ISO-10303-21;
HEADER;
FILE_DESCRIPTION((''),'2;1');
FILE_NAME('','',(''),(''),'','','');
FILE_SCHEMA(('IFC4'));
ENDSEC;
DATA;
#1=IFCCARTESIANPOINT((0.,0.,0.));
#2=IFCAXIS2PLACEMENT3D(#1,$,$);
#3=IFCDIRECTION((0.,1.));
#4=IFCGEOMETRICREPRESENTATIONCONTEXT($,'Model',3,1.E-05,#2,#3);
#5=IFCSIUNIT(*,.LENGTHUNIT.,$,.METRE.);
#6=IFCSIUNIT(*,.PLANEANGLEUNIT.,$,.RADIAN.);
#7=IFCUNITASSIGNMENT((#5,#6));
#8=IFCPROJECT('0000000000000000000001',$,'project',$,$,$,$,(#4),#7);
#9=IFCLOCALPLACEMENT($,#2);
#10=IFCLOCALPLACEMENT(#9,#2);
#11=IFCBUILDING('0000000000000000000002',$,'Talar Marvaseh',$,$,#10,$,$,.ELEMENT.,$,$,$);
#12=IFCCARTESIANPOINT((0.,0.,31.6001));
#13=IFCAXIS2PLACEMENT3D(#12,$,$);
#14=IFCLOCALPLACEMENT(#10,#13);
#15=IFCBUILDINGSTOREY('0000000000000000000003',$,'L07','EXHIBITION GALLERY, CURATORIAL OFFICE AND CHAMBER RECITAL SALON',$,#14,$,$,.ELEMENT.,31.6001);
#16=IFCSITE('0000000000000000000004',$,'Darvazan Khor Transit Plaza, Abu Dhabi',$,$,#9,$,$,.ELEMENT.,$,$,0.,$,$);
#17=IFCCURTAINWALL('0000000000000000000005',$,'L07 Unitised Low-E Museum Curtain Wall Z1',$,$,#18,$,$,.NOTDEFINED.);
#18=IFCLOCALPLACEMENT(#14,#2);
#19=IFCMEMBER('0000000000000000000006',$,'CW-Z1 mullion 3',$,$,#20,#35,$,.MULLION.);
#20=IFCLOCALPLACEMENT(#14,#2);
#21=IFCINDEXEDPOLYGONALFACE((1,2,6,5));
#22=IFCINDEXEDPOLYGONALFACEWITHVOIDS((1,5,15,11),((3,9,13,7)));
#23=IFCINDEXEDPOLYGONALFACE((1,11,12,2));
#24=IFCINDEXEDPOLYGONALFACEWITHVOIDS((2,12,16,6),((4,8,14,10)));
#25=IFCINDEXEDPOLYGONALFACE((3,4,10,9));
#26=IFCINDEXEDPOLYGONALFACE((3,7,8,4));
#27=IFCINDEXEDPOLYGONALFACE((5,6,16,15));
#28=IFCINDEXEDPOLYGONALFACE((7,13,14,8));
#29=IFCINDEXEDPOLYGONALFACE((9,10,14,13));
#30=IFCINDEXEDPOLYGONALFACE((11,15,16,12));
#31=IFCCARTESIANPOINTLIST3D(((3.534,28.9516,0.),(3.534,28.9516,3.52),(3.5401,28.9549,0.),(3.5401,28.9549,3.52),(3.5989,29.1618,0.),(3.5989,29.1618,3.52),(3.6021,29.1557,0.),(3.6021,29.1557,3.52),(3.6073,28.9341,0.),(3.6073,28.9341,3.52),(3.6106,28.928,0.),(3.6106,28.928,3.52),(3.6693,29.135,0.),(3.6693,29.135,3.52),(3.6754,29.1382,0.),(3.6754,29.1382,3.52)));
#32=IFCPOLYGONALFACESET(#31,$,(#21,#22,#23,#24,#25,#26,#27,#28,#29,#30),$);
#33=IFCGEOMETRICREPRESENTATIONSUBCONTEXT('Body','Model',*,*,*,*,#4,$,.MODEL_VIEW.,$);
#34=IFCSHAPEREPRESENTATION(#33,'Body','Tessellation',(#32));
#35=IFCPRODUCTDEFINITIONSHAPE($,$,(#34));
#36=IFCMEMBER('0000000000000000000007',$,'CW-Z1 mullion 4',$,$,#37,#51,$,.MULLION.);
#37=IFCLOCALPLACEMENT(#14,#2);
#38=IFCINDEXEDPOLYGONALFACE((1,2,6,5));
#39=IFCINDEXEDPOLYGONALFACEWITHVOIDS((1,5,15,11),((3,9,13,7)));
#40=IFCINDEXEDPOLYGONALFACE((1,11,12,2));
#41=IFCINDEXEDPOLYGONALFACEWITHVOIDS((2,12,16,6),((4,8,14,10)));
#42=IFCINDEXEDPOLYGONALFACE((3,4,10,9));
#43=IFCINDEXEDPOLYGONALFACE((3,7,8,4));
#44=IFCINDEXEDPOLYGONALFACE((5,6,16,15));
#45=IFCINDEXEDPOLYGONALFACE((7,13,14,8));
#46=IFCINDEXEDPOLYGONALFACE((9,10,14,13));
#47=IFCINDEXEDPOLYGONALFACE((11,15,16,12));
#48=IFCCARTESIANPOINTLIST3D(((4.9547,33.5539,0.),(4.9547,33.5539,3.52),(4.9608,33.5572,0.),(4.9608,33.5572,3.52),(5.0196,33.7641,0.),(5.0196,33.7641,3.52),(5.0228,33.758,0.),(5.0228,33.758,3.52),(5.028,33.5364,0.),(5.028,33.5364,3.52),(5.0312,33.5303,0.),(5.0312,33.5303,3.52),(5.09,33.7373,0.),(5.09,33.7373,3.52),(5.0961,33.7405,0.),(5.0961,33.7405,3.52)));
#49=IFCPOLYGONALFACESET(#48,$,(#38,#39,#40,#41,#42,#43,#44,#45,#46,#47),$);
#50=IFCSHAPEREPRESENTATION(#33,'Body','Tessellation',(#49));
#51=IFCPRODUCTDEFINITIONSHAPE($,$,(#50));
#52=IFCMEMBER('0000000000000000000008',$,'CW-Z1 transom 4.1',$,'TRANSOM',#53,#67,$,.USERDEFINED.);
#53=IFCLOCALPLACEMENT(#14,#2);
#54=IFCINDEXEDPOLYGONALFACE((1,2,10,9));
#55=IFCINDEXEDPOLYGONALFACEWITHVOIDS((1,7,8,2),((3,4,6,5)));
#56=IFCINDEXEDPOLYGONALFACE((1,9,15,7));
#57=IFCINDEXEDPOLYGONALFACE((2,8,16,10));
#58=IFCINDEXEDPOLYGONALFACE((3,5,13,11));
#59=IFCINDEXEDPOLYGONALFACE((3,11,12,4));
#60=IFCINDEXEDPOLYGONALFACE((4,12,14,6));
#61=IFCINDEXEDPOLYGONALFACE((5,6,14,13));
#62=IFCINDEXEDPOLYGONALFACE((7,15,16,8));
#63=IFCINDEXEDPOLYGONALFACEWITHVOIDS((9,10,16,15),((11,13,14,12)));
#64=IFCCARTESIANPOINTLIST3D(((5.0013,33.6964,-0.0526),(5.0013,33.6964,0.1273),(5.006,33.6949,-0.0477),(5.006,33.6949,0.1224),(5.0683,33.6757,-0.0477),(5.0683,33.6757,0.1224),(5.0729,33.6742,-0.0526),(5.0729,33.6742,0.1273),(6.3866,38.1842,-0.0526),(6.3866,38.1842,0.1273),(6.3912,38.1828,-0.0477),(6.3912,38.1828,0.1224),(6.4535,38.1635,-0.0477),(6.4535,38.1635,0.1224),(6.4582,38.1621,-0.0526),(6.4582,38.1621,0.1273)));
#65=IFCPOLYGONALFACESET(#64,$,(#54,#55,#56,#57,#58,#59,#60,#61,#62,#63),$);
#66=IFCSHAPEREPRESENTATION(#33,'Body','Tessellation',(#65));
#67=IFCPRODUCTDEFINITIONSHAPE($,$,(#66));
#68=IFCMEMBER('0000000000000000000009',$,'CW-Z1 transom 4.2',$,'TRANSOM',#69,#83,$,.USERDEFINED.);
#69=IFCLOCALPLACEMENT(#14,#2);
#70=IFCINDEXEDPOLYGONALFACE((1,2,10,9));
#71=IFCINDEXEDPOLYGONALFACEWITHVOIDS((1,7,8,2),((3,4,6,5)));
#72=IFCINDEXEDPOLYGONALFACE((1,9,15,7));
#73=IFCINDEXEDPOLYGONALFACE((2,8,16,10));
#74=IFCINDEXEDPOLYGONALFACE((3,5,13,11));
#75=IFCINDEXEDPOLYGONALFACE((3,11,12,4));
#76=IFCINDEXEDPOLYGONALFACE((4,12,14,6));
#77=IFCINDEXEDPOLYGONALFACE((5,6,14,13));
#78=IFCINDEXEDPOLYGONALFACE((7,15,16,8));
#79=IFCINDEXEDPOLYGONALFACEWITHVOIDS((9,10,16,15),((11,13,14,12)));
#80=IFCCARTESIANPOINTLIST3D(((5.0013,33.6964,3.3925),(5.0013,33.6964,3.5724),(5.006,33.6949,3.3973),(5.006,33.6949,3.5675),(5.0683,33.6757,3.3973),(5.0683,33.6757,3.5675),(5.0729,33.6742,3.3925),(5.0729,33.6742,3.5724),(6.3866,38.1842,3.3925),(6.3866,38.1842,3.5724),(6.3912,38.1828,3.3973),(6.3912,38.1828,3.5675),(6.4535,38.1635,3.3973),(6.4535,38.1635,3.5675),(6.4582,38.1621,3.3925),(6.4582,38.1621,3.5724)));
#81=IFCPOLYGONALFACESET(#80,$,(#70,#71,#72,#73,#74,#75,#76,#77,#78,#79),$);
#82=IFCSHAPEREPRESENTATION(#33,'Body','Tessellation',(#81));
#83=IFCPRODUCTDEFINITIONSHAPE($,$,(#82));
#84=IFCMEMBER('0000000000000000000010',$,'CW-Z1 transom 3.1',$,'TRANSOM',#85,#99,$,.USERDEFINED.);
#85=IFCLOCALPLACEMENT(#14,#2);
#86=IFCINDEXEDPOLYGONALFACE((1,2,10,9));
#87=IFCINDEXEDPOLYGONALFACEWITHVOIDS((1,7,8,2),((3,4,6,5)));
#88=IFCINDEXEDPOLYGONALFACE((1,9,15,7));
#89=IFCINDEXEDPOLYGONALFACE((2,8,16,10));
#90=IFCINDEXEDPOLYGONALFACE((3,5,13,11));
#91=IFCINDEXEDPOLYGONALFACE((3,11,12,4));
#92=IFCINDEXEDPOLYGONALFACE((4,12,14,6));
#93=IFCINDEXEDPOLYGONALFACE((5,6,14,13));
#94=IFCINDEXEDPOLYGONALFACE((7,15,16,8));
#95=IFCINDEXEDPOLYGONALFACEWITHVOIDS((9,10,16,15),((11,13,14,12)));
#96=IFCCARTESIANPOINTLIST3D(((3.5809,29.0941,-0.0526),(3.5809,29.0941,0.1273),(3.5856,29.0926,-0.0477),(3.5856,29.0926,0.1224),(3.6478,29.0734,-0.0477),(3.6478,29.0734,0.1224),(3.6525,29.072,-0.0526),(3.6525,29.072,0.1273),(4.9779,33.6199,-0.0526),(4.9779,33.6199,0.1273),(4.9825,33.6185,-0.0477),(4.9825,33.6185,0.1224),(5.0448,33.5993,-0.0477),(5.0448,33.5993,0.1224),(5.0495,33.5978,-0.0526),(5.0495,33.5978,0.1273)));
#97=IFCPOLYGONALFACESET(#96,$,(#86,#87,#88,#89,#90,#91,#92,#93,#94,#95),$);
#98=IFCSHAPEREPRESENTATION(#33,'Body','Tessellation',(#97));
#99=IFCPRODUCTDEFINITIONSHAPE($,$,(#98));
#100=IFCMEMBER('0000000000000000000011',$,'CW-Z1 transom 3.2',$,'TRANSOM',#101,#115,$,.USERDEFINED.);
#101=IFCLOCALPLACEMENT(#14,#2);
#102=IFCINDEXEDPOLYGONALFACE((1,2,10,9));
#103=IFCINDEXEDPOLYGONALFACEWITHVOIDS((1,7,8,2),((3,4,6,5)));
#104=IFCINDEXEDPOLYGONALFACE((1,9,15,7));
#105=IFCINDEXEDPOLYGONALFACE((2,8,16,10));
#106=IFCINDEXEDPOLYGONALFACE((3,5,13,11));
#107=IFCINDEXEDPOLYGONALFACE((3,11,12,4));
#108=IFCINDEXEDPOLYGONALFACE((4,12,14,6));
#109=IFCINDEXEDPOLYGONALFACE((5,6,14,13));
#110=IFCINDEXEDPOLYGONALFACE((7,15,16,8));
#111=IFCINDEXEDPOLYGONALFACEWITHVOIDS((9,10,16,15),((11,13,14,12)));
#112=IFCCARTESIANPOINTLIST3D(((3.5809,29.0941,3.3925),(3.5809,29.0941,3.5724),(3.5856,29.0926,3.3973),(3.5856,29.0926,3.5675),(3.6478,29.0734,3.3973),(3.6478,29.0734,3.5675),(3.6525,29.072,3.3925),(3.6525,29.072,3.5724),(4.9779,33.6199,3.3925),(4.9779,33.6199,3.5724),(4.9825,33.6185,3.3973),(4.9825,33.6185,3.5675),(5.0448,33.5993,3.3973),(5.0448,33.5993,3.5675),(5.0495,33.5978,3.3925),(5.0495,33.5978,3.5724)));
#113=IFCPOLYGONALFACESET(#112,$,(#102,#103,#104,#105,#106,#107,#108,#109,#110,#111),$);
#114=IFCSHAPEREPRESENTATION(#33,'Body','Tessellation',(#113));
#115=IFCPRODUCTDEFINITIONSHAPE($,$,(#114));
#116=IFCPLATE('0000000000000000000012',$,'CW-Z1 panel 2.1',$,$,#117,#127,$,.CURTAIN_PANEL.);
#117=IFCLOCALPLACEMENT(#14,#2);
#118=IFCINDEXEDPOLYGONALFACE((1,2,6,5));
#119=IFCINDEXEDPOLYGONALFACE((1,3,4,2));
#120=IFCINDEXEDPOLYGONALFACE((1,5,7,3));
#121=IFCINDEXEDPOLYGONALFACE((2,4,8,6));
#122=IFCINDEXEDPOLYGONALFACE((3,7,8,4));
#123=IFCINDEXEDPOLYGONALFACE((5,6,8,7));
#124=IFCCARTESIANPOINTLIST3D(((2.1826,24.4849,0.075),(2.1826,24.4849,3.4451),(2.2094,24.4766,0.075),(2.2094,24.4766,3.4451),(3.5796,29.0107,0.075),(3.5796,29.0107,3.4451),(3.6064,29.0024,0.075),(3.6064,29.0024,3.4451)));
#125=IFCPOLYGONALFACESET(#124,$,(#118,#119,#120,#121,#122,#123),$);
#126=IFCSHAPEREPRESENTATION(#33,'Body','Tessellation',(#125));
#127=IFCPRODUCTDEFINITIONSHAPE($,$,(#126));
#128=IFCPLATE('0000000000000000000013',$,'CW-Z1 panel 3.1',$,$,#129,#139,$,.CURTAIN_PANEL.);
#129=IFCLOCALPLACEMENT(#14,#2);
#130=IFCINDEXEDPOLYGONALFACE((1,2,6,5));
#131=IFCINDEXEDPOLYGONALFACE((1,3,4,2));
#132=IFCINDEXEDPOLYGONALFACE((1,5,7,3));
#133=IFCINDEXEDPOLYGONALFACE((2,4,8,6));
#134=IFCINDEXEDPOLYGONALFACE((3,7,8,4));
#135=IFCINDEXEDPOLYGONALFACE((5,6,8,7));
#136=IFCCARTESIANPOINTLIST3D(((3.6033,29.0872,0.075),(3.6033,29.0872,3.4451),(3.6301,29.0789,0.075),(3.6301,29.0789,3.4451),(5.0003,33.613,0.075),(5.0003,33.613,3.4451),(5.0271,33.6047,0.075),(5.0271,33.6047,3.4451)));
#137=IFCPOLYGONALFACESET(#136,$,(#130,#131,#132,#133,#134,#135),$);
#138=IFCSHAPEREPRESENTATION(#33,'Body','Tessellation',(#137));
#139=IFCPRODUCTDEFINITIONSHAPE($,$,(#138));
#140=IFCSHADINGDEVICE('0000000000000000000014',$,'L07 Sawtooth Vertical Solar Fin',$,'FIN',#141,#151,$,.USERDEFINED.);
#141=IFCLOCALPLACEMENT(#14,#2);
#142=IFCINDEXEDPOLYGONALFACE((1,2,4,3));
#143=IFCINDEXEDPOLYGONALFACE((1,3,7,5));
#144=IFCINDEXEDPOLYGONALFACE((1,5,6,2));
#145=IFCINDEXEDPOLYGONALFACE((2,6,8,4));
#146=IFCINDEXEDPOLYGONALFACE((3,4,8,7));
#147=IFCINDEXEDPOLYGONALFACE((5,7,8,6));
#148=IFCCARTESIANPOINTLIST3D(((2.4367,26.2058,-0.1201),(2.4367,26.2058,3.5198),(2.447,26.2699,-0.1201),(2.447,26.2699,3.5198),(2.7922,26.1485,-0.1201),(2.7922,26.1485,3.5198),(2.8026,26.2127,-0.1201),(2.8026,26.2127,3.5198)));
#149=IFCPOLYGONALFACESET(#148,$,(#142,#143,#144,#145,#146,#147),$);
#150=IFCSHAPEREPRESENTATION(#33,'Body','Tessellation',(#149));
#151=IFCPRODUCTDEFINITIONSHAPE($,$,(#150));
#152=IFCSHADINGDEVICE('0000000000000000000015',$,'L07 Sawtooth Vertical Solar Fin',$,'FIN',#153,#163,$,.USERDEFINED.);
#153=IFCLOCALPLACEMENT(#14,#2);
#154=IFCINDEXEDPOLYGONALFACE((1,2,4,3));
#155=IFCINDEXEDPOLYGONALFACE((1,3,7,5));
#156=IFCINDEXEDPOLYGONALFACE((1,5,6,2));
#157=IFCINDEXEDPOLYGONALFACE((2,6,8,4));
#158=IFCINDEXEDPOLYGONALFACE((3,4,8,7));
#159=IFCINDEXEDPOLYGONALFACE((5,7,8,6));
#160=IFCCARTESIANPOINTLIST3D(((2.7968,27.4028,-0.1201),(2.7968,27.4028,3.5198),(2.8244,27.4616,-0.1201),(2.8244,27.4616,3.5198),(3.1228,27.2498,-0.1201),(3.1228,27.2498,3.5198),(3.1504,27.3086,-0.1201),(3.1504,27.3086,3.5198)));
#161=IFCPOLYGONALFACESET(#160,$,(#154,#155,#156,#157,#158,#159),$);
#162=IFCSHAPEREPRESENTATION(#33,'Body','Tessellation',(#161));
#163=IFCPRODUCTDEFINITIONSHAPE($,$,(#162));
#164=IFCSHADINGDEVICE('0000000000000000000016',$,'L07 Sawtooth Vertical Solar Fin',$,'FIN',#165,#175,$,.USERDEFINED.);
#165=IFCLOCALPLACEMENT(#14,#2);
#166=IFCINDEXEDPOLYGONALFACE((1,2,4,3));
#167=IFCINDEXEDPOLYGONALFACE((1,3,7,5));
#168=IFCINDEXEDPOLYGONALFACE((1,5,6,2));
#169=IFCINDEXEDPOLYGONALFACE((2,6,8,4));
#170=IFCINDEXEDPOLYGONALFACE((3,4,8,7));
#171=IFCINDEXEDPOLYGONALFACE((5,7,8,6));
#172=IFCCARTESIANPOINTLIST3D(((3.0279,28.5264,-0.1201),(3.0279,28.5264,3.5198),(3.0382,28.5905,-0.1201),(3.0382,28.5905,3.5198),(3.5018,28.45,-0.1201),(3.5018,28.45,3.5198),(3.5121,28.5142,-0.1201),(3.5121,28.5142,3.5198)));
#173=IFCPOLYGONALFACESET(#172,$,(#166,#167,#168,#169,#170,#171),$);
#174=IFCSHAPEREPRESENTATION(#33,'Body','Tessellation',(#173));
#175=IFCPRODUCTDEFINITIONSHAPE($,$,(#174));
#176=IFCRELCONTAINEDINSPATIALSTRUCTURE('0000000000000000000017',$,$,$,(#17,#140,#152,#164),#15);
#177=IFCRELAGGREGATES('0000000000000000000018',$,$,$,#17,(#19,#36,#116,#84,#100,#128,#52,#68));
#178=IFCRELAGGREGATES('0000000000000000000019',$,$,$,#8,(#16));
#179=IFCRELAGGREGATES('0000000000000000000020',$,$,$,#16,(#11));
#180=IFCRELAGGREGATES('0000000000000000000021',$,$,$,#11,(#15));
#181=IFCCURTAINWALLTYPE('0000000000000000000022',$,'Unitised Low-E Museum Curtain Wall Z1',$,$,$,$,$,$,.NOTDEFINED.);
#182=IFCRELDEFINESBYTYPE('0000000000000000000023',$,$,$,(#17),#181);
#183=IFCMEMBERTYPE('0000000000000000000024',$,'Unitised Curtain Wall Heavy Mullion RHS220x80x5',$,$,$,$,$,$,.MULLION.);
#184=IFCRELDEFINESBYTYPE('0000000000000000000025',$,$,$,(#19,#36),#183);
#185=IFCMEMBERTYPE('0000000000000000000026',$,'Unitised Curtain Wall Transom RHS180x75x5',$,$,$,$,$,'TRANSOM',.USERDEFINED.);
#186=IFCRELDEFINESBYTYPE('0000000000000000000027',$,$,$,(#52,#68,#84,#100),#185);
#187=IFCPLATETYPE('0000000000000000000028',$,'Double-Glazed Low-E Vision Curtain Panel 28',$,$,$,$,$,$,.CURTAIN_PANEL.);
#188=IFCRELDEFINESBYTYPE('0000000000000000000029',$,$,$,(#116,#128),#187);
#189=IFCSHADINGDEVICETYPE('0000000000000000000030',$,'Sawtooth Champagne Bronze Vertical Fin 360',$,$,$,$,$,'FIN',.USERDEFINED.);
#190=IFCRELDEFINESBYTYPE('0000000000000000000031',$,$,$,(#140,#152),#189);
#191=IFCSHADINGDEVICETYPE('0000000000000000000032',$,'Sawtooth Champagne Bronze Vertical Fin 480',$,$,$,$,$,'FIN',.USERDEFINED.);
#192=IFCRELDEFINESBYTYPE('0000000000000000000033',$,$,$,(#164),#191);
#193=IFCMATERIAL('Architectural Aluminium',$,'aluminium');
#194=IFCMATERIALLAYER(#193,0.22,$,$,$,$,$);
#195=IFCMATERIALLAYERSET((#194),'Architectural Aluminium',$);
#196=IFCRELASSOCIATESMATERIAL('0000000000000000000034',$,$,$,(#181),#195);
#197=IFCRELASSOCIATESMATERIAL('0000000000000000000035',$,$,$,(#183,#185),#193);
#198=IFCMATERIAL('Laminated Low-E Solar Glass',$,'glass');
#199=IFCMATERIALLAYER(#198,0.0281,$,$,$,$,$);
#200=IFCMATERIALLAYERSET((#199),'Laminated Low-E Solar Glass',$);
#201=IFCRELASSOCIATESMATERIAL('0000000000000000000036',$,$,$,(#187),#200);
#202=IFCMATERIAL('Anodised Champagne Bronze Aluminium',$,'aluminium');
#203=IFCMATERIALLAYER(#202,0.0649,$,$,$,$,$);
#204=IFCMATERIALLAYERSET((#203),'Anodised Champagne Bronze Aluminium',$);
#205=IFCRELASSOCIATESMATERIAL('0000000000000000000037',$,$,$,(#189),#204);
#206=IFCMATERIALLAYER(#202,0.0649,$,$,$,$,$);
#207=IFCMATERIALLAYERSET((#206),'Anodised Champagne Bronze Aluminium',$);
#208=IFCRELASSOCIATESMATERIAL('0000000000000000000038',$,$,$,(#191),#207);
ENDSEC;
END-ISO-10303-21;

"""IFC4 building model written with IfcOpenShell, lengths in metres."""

from ifc_helpers import new_model, si_unit, direction, frame, origin, origin_2d, place, context, subcontext, project, spatial, rectangle, hollow_rectangle, extrude, source, transform, mapped, material, layer, layer_set, material_profile, profile_set, type_object, type_shapes, element, aggregate, save


model = new_model("IFC4")

# Units and contexts
model_context = context("Model", 3, precision=1e-05, world=origin(), true_north=direction((0.0, 1.0)))
body_context = subcontext(model_context, "Body", "Model", "MODEL_VIEW")
ifc_project = project(units=[si_unit("LENGTHUNIT", "METRE"), si_unit("PLANEANGLEUNIT", "RADIAN")], contexts=[model_context])

# Site, building, storey
site_placement = place(None, origin())
site = spatial("IfcSite", under=ifc_project, at=site_placement, Name="Darvazan Khor Transit Plaza, Abu Dhabi", CompositionType="ELEMENT", RefElevation=0.0)
building_placement = place(site_placement, origin())
building = spatial("IfcBuilding", under=site, at=building_placement, Name="Talar Marvaseh", CompositionType="ELEMENT")
storey_placement = place(building_placement, frame((0.0, 0.0, 31.6001)))
storey = spatial("IfcBuildingStorey", under=building, at=storey_placement, Name="L07", Description="EXHIBITION GALLERY, CURATORIAL OFFICE AND CHAMBER RECITAL SALON", CompositionType="ELEMENT", Elevation=31.6001)

# Curtain wall, members, plates
ifc_material_1 = material(Name="Architectural Aluminium", Category="aluminium")
ifc_layer_1 = layer(ifc_material_1, 0.22)
ifc_layer_set_1 = layer_set([ifc_layer_1], Name="Architectural Aluminium")
curtain_wall_type = type_object("IfcCurtainWallType", Name="Unitised Low-E Museum Curtain Wall Z1", PredefinedType="NOTDEFINED", material=ifc_layer_set_1)
curtain_wall_placement = place(storey_placement, origin())
curtain_wall = element("IfcCurtainWall", 1, at=curtain_wall_placement, inside=storey, type_object=curtain_wall_type, Name="L07 Unitised Low-E Museum Curtain Wall Z1", PredefinedType="NOTDEFINED")
ifc_material_profile_1 = material_profile(ifc_material_1, hollow_rectangle(XDim=0.0801, YDim=0.22, WallThickness=0.0049, at=origin_2d()), Name="RHS220x80x5")
ifc_profile_set_1 = profile_set([ifc_material_profile_1], Name="Architectural Aluminium")
member_type_1 = type_object("IfcMemberType", Name="Unitised Curtain Wall Heavy Mullion RHS220x80x5", PredefinedType="MULLION", material=ifc_profile_set_1)
shared_shape_1 = source(origin(), body_context, "Body", "SweptSolid", [
    extrude(hollow_rectangle(XDim=0.0801, YDim=0.22, WallThickness=0.0049, at=origin_2d()), origin(), (0.0, 0.0, 1.0), 3.52),
])
type_shapes(member_type_1, [shared_shape_1])
member_1_placement = place(storey_placement, frame((3.6047, 29.0449, 0.0), z_axis=(0.0, 0.0, 1.0), x_axis=(-0.955516, 0.294938, 0.0)))
member_1 = element("IfcMember", 2, at=member_1_placement, type_object=member_type_1, Name="CW-Z1 mullion 3", PredefinedType="MULLION", context=body_context, shape_type="MappedRepresentation", body=[
    mapped(shared_shape_1, transform((0.0, 0.0, 0.0), x_axis=(1.0, 0.0, 0.0), y_axis=(0.0, 1.0, 0.0), z_axis=(0.0, 0.0, 1.0), scale=1.0)),
])
member_2_placement = place(storey_placement, frame((5.0254, 33.6472, 0.0), z_axis=(0.0, 0.0, 1.0), x_axis=(-0.955516, 0.294938, 0.0)))
member_2 = element("IfcMember", 3, at=member_2_placement, type_object=member_type_1, Name="CW-Z1 mullion 4", PredefinedType="MULLION", context=body_context, shape_type="MappedRepresentation", body=[
    mapped(shared_shape_1, transform((0.0, 0.0, 0.0), x_axis=(1.0, 0.0, 0.0), y_axis=(0.0, 1.0, 0.0), z_axis=(0.0, 0.0, 1.0), scale=1.0)),
])
ifc_material_profile_2 = material_profile(ifc_material_1, hollow_rectangle(XDim=0.075, YDim=0.1799, WallThickness=0.0049, at=origin_2d()), Name="RHS180x75x5")
ifc_profile_set_2 = profile_set([ifc_material_profile_2], Name="Architectural Aluminium")
member_type_2 = type_object("IfcMemberType", Name="Unitised Curtain Wall Transom RHS180x75x5", ElementType="TRANSOM", PredefinedType="USERDEFINED", material=ifc_profile_set_2)
shared_shape_2 = source(origin(), body_context, "Body", "SweptSolid", [
    extrude(hollow_rectangle(XDim=0.075, YDim=0.1799, WallThickness=0.0049, at=origin_2d()), origin(), (0.0, 0.0, 1.0), 4.6968),
])
member_3_placement = place(storey_placement, frame((5.0371, 33.6853, 0.0374), z_axis=(0.29494, 0.955516, 0.0), x_axis=(-0.955516, 0.29494, 0.0)))
member_3 = element("IfcMember", 4, at=member_3_placement, type_object=member_type_2, Name="CW-Z1 transom 4.1", ObjectType="TRANSOM", PredefinedType="USERDEFINED", context=body_context, shape_type="MappedRepresentation", body=[
    mapped(shared_shape_2, transform((0.0, 0.0, 0.0), x_axis=(1.0, 0.0, 0.0), y_axis=(0.0, 1.0, 0.0), z_axis=(0.0, 0.0, 1.0), scale=1.0)),
])
member_4_placement = place(storey_placement, frame((5.0371, 33.6853, 3.4824), z_axis=(0.29494, 0.955516, 0.0), x_axis=(-0.955516, 0.29494, 0.0)))
member_4 = element("IfcMember", 5, at=member_4_placement, type_object=member_type_2, Name="CW-Z1 transom 4.2", ObjectType="TRANSOM", PredefinedType="USERDEFINED", context=body_context, shape_type="MappedRepresentation", body=[
    mapped(shared_shape_2, transform((0.0, 0.0, 0.0), x_axis=(1.0, 0.0, 0.0), y_axis=(0.0, 1.0, 0.0), z_axis=(0.0, 0.0, 1.0), scale=1.0)),
])
shared_shape_3 = source(origin(), body_context, "Body", "SweptSolid", [
    extrude(hollow_rectangle(XDim=0.075, YDim=0.1799, WallThickness=0.0049, at=origin_2d()), origin(), (0.0, 0.0, 1.0), 4.7366),
])
type_shapes(member_type_2, [shared_shape_2, shared_shape_3])
member_5_placement = place(storey_placement, frame((3.6167, 29.083, 0.0374), z_axis=(0.294933, 0.955518, 0.0), x_axis=(-0.955518, 0.294933, 0.0)))
member_5 = element("IfcMember", 6, at=member_5_placement, type_object=member_type_2, Name="CW-Z1 transom 3.1", ObjectType="TRANSOM", PredefinedType="USERDEFINED", context=body_context, shape_type="MappedRepresentation", body=[
    mapped(shared_shape_3, transform((0.0, 0.0, 0.0), x_axis=(1.0, 0.0, 0.0), y_axis=(0.0, 1.0, 0.0), z_axis=(0.0, 0.0, 1.0), scale=1.0)),
])
member_6_placement = place(storey_placement, frame((3.6167, 29.083, 3.4824), z_axis=(0.294933, 0.955518, 0.0), x_axis=(-0.955518, 0.294933, 0.0)))
member_6 = element("IfcMember", 7, at=member_6_placement, type_object=member_type_2, Name="CW-Z1 transom 3.2", ObjectType="TRANSOM", PredefinedType="USERDEFINED", context=body_context, shape_type="MappedRepresentation", body=[
    mapped(shared_shape_3, transform((0.0, 0.0, 0.0), x_axis=(1.0, 0.0, 0.0), y_axis=(0.0, 1.0, 0.0), z_axis=(0.0, 0.0, 1.0), scale=1.0)),
])
ifc_material_2 = material(Name="Laminated Low-E Solar Glass", Category="glass")
ifc_layer_2 = layer(ifc_material_2, 0.0281)
ifc_layer_set_2 = layer_set([ifc_layer_2], Name="Laminated Low-E Solar Glass")
plate_type = type_object("IfcPlateType", Name="Double-Glazed Low-E Vision Curtain Panel 28", PredefinedType="CURTAIN_PANEL", material=ifc_layer_set_2)
shared_shape_4 = source(origin(), body_context, "Body", "SweptSolid", [
    extrude(rectangle(XDim=4.7366, YDim=0.0281, at=origin_2d()), origin(), (0.0, 0.0, 1.0), 3.3701),
])
type_shapes(plate_type, [shared_shape_4])
plate_1_placement = place(storey_placement, frame((2.8945, 26.7437, 0.075), z_axis=(0.0, 0.0, 1.0), x_axis=(0.294938, 0.955516, 0.0)))
plate_1 = element("IfcPlate", 8, at=plate_1_placement, type_object=plate_type, Name="CW-Z1 panel 2.1", PredefinedType="CURTAIN_PANEL", context=body_context, shape_type="MappedRepresentation", body=[
    mapped(shared_shape_4, transform((0.0, 0.0, 0.0), x_axis=(1.0, 0.0, 0.0), y_axis=(0.0, 1.0, 0.0), z_axis=(0.0, 0.0, 1.0), scale=1.0)),
])
plate_2_placement = place(storey_placement, frame((4.3152, 31.3459, 0.075), z_axis=(0.0, 0.0, 1.0), x_axis=(0.294938, 0.955516, 0.0)))
plate_2 = element("IfcPlate", 9, at=plate_2_placement, type_object=plate_type, Name="CW-Z1 panel 3.1", PredefinedType="CURTAIN_PANEL", context=body_context, shape_type="MappedRepresentation", body=[
    mapped(shared_shape_4, transform((0.0, 0.0, 0.0), x_axis=(1.0, 0.0, 0.0), y_axis=(0.0, 1.0, 0.0), z_axis=(0.0, 0.0, 1.0), scale=1.0)),
])
aggregate(curtain_wall, [member_1, member_2, plate_1, member_5, member_6, plate_2, member_3, member_4])

# Shading devices
ifc_material_3 = material(Name="Anodised Champagne Bronze Aluminium", Category="aluminium")
ifc_layer_3 = layer(ifc_material_3, 0.0649)
ifc_layer_set_3 = layer_set([ifc_layer_3], Name="Anodised Champagne Bronze Aluminium")
shading_device_type_1 = type_object("IfcShadingDeviceType", Name="Sawtooth Champagne Bronze Vertical Fin 360", ElementType="FIN", PredefinedType="USERDEFINED", material=ifc_layer_set_3)
shared_shape_5 = source(origin(), body_context, "Body", "SweptSolid", [
    extrude(rectangle(XDim=0.3601, YDim=0.0649, at=origin_2d()), origin(), (0.0, 0.0, 1.0), 3.6399),
])
type_shapes(shading_device_type_1, [shared_shape_5])
for number, where, z_axis, x_axis, name in (
    (10, (2.6196, 26.2092, -0.1201), (0.0, 0.0, 1.0), (-0.987275, 0.15902, 0.0), "L07 Sawtooth Vertical Solar Fin"),
    (11, (2.9736, 27.3557, -0.1201), (0.0, 0.0, 1.0), (-0.905198, 0.42499, 0.0), "L07 Sawtooth Vertical Solar Fin"),
):
    element("IfcShadingDevice", number, at=place(storey_placement, frame(where, z_axis=z_axis, x_axis=x_axis)), inside=storey, type_object=shading_device_type_1, Name=name, ObjectType="FIN", PredefinedType="USERDEFINED", context=body_context, shape_type="MappedRepresentation", body=[
        mapped(shared_shape_5, transform((0.0, 0.0, 0.0), x_axis=(1.0, 0.0, 0.0), y_axis=(0.0, 1.0, 0.0), z_axis=(0.0, 0.0, 1.0), scale=1.0)),
    ])
ifc_layer_4 = layer(ifc_material_3, 0.0649)
ifc_layer_set_4 = layer_set([ifc_layer_4], Name="Anodised Champagne Bronze Aluminium")
shading_device_type_2 = type_object("IfcShadingDeviceType", Name="Sawtooth Champagne Bronze Vertical Fin 480", ElementType="FIN", PredefinedType="USERDEFINED", material=ifc_layer_set_4)
shared_shape_6 = source(origin(), body_context, "Body", "SweptSolid", [
    extrude(rectangle(XDim=0.48, YDim=0.0649, at=origin_2d()), origin(), (0.0, 0.0, 1.0), 3.6399),
])
type_shapes(shading_device_type_2, [shared_shape_6])
for number, where, z_axis, x_axis, name in (
    (12, (3.27, 28.5203, -0.1201), (0.0, 0.0, 1.0), (-0.987275, 0.15902, 0.0), "L07 Sawtooth Vertical Solar Fin"),
):
    element("IfcShadingDevice", number, at=place(storey_placement, frame(where, z_axis=z_axis, x_axis=x_axis)), inside=storey, type_object=shading_device_type_2, Name=name, ObjectType="FIN", PredefinedType="USERDEFINED", context=body_context, shape_type="MappedRepresentation", body=[
        mapped(shared_shape_6, transform((0.0, 0.0, 0.0), x_axis=(1.0, 0.0, 0.0), y_axis=(0.0, 1.0, 0.0), z_axis=(0.0, 0.0, 1.0), scale=1.0)),
    ])

save(model, "model.ifc")
